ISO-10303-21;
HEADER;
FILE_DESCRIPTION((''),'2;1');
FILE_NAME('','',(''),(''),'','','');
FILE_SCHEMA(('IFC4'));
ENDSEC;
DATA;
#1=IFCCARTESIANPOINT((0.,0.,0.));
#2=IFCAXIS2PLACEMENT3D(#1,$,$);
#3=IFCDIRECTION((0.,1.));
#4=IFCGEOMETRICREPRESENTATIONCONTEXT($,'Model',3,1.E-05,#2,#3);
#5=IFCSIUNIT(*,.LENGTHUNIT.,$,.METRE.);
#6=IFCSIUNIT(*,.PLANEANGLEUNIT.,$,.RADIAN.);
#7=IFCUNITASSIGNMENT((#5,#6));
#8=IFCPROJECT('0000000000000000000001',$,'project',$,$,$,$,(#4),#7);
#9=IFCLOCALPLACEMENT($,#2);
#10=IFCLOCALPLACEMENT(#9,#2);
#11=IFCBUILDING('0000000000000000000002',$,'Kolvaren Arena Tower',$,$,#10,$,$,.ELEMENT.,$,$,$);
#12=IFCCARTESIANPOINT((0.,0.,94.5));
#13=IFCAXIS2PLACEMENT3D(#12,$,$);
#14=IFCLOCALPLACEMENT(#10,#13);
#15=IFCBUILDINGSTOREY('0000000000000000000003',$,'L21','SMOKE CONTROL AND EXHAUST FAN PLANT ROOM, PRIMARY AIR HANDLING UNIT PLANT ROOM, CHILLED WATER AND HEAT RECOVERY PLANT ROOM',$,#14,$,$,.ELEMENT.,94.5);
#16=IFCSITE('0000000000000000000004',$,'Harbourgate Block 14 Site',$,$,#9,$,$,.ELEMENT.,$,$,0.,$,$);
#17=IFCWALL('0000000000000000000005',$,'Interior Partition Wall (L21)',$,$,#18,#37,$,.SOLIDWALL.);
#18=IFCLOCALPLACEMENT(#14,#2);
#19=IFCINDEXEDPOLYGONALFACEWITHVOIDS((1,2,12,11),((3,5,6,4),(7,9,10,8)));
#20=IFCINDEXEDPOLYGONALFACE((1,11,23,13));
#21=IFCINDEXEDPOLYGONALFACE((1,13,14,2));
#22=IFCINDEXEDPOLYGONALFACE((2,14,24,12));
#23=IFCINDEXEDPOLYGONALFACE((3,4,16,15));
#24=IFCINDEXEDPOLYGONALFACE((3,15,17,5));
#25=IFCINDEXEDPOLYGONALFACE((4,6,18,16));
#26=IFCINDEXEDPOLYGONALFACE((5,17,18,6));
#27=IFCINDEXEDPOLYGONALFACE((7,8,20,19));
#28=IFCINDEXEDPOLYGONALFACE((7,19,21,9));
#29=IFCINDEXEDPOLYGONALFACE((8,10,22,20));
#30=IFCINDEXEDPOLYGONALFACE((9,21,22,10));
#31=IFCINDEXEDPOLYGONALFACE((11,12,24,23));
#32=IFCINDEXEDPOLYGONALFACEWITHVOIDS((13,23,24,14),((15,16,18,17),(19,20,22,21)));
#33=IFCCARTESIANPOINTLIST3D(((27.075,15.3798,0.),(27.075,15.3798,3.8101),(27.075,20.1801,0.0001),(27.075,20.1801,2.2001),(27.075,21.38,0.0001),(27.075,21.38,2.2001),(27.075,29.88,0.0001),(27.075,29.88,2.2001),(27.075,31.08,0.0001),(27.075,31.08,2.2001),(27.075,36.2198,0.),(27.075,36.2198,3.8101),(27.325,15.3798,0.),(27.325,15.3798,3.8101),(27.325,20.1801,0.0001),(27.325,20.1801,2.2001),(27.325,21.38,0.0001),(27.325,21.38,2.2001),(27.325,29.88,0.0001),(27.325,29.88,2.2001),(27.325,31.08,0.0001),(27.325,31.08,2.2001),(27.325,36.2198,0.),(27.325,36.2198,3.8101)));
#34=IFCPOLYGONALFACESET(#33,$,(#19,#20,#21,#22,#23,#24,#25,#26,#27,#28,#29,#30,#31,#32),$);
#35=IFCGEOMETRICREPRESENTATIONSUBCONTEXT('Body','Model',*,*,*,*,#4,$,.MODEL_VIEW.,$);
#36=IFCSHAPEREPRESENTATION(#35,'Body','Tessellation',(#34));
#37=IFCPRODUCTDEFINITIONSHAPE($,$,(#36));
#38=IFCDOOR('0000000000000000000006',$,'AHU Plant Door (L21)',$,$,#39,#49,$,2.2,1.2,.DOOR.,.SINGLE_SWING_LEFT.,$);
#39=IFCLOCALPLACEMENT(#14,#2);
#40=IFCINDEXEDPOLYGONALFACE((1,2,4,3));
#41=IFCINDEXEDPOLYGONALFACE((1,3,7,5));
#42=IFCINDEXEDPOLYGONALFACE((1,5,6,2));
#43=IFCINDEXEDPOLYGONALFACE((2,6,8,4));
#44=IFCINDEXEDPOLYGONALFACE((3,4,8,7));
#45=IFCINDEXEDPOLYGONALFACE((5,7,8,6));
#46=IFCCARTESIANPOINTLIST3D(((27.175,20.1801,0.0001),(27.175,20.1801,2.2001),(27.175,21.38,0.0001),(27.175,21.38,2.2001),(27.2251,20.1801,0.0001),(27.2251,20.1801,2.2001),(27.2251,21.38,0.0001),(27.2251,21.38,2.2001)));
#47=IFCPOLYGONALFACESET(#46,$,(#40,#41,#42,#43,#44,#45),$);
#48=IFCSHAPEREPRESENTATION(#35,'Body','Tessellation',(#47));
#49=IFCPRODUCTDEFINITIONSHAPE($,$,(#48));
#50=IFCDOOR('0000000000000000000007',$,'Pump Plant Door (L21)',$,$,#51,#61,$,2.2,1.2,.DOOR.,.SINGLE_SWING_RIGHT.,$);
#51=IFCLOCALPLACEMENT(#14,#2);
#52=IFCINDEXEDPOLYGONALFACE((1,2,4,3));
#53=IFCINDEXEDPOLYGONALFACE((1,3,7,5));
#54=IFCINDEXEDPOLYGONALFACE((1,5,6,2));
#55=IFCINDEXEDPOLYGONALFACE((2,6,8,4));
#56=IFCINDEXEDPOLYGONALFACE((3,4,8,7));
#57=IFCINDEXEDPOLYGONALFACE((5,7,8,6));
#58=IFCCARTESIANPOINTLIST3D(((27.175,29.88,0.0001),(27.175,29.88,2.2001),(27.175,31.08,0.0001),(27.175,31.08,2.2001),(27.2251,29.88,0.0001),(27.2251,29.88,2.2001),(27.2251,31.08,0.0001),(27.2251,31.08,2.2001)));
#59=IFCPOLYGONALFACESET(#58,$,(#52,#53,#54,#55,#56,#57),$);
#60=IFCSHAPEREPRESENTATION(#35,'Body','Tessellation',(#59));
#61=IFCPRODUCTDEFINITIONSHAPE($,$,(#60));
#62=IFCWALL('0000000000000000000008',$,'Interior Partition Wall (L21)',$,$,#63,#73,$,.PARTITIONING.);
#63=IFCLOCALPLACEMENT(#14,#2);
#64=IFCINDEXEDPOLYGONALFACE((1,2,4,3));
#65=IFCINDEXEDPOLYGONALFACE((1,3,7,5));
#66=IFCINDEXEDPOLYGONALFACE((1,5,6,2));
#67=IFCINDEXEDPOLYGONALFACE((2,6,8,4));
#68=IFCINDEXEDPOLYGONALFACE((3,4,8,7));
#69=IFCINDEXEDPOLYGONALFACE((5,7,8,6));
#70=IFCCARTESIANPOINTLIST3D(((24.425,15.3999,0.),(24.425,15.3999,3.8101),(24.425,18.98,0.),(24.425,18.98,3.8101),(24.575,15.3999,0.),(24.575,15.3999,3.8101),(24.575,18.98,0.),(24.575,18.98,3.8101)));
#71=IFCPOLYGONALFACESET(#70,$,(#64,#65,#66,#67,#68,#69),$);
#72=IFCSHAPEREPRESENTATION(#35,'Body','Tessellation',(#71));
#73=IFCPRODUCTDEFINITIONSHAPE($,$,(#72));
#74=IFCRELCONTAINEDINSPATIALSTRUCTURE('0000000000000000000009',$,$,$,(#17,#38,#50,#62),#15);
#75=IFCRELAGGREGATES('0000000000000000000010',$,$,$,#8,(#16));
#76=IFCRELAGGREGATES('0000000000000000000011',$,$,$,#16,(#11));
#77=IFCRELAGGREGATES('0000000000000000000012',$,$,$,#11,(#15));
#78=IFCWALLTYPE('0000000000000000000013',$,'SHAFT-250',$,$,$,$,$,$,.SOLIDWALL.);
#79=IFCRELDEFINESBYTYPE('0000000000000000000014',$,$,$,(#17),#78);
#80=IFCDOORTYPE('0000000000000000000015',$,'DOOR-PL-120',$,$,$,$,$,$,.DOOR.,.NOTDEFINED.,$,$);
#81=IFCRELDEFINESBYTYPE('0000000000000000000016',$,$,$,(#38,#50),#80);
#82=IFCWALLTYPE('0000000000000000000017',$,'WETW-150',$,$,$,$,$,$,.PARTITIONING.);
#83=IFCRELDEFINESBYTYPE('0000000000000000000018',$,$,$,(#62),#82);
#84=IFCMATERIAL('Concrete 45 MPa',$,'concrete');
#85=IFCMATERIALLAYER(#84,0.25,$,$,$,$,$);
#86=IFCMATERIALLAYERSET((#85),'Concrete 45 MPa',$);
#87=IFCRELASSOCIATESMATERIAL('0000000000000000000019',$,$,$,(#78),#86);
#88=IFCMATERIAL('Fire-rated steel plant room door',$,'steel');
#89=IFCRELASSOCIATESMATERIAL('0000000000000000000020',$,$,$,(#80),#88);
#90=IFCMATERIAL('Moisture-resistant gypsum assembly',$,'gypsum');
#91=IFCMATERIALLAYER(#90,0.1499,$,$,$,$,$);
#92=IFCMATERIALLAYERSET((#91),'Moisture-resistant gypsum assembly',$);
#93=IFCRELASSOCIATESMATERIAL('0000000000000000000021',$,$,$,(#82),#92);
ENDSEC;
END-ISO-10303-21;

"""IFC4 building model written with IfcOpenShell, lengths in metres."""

from ifc_helpers import new_model, si_unit, direction, frame, frame_2d, origin, place, context, subcontext, project, spatial, rectangle, extrude, material, layer, layer_set, type_object, element, fill, save


model = new_model("IFC4")

# Units and contexts
model_context = context("Model", 3, precision=1e-05, world=origin(), true_north=direction((0.0, 1.0)))
body_context = subcontext(model_context, "Body", "Model", "MODEL_VIEW")
ifc_project = project(units=[si_unit("LENGTHUNIT", "METRE"), si_unit("PLANEANGLEUNIT", "RADIAN")], contexts=[model_context])

# Site, building, storey
site_placement = place(None, origin())
site = spatial("IfcSite", under=ifc_project, at=site_placement, Name="Harbourgate Block 14 Site", CompositionType="ELEMENT", RefElevation=0.0)
building_placement = place(site_placement, origin())
building = spatial("IfcBuilding", under=site, at=building_placement, Name="Kolvaren Arena Tower", CompositionType="ELEMENT")
storey_placement = place(building_placement, frame((0.0, 0.0, 94.5)))
storey = spatial("IfcBuildingStorey", under=building, at=storey_placement, Name="L21", Description="SMOKE CONTROL AND EXHAUST FAN PLANT ROOM, PRIMARY AIR HANDLING UNIT PLANT ROOM, CHILLED WATER AND HEAT RECOVERY PLANT ROOM", CompositionType="ELEMENT", Elevation=94.5)

# Shared definitions
ifc_material_1 = material(Name="Concrete 45 MPa", Category="concrete")
ifc_layer_1 = layer(ifc_material_1, 0.25)
ifc_layer_set_1 = layer_set([ifc_layer_1], Name="Concrete 45 MPa")
wall_type_1 = type_object("IfcWallType", Name="SHAFT-250", PredefinedType="SOLIDWALL", material=ifc_layer_set_1)

# Wall, openings, doors
wall_1_placement = place(storey_placement, frame((27.2, 15.3799, 0.0), z_axis=(0.0, 0.0, 1.0), x_axis=(0.0, 1.0, 0.0)))
wall_1 = element("IfcWall", 1, at=wall_1_placement, inside=storey, type_object=wall_type_1, Name="Interior Partition Wall (L21)", PredefinedType="SOLIDWALL", context=body_context, shape_type="SweptSolid", body=[
    extrude(rectangle(XDim=20.8401, YDim=0.25, at=frame_2d((10.4199, 0.0))), origin(), (0.0, 0.0, 1.0), 3.8101),
])
opening_1_placement = place(wall_1_placement, frame((4.8, 0.0, 0.0)))
opening_1 = element("IfcOpeningElement", 2, at=opening_1_placement, cuts=wall_1, PredefinedType="OPENING", context=body_context, shape_type="SweptSolid", body=[
    extrude(rectangle(XDim=1.2, YDim=2.2, at=frame_2d((0.6001, 1.1001))), frame((0.0, 0.135, 0.0), z_axis=(0.0, -1.0, 0.0), x_axis=(1.0, 0.0, 0.0)), (0.0, 0.0, 1.0), 0.27),
])
opening_2_placement = place(wall_1_placement, frame((14.5, 0.0, 0.0)))
opening_2 = element("IfcOpeningElement", 3, at=opening_2_placement, cuts=wall_1, PredefinedType="OPENING", context=body_context, shape_type="SweptSolid", body=[
    extrude(rectangle(XDim=1.2, YDim=2.2, at=frame_2d((0.6001, 1.1001))), frame((0.0, 0.135, 0.0), z_axis=(0.0, -1.0, 0.0), x_axis=(1.0, 0.0, 0.0)), (0.0, 0.0, 1.0), 0.27),
])
ifc_material_2 = material(Name="Fire-rated steel plant room door", Category="steel")
door_type = type_object("IfcDoorType", Name="DOOR-PL-120", OperationType="NOTDEFINED", PredefinedType="DOOR", material=ifc_material_2)
door_1_placement = place(opening_1_placement, origin())
door_1 = element("IfcDoor", 4, at=door_1_placement, inside=storey, type_object=door_type, Name="AHU Plant Door (L21)", OperationType="SINGLE_SWING_LEFT", OverallHeight=2.2, OverallWidth=1.2, PredefinedType="DOOR", context=body_context, shape_type="SweptSolid", body=[
    extrude(rectangle(XDim=1.2, YDim=2.2, at=frame_2d((0.6001, 1.1001))), frame((0.0, 0.0249, 0.0), z_axis=(0.0, -1.0, 0.0), x_axis=(1.0, 0.0, 0.0)), (0.0, 0.0, 1.0), 0.05),
])
fill(opening_1, door_1)
door_2_placement = place(opening_2_placement, origin())
door_2 = element("IfcDoor", 5, at=door_2_placement, inside=storey, type_object=door_type, Name="Pump Plant Door (L21)", OperationType="SINGLE_SWING_RIGHT", OverallHeight=2.2, OverallWidth=1.2, PredefinedType="DOOR", context=body_context, shape_type="SweptSolid", body=[
    extrude(rectangle(XDim=1.2, YDim=2.2, at=frame_2d((0.6001, 1.1001))), frame((0.0, 0.0249, 0.0), z_axis=(0.0, -1.0, 0.0), x_axis=(1.0, 0.0, 0.0)), (0.0, 0.0, 1.0), 0.05),
])
fill(opening_2, door_2)

# Wall
ifc_material_3 = material(Name="Moisture-resistant gypsum assembly", Category="gypsum")
ifc_layer_2 = layer(ifc_material_3, 0.1499)
ifc_layer_set_2 = layer_set([ifc_layer_2], Name="Moisture-resistant gypsum assembly")
wall_type_2 = type_object("IfcWallType", Name="WETW-150", PredefinedType="PARTITIONING", material=ifc_layer_set_2)
wall_2_placement = place(storey_placement, frame((24.5, 15.3999, 0.0), z_axis=(0.0, 0.0, 1.0), x_axis=(0.0, 1.0, 0.0)))
element("IfcWall", 6, at=wall_2_placement, inside=storey, type_object=wall_type_2, Name="Interior Partition Wall (L21)", PredefinedType="PARTITIONING", context=body_context, shape_type="SweptSolid", body=[
    extrude(rectangle(XDim=3.5801, YDim=0.1499, at=frame_2d((1.79, 0.0))), origin(), (0.0, 0.0, 1.0), 3.8101),
])

save(model, "model.ifc")
